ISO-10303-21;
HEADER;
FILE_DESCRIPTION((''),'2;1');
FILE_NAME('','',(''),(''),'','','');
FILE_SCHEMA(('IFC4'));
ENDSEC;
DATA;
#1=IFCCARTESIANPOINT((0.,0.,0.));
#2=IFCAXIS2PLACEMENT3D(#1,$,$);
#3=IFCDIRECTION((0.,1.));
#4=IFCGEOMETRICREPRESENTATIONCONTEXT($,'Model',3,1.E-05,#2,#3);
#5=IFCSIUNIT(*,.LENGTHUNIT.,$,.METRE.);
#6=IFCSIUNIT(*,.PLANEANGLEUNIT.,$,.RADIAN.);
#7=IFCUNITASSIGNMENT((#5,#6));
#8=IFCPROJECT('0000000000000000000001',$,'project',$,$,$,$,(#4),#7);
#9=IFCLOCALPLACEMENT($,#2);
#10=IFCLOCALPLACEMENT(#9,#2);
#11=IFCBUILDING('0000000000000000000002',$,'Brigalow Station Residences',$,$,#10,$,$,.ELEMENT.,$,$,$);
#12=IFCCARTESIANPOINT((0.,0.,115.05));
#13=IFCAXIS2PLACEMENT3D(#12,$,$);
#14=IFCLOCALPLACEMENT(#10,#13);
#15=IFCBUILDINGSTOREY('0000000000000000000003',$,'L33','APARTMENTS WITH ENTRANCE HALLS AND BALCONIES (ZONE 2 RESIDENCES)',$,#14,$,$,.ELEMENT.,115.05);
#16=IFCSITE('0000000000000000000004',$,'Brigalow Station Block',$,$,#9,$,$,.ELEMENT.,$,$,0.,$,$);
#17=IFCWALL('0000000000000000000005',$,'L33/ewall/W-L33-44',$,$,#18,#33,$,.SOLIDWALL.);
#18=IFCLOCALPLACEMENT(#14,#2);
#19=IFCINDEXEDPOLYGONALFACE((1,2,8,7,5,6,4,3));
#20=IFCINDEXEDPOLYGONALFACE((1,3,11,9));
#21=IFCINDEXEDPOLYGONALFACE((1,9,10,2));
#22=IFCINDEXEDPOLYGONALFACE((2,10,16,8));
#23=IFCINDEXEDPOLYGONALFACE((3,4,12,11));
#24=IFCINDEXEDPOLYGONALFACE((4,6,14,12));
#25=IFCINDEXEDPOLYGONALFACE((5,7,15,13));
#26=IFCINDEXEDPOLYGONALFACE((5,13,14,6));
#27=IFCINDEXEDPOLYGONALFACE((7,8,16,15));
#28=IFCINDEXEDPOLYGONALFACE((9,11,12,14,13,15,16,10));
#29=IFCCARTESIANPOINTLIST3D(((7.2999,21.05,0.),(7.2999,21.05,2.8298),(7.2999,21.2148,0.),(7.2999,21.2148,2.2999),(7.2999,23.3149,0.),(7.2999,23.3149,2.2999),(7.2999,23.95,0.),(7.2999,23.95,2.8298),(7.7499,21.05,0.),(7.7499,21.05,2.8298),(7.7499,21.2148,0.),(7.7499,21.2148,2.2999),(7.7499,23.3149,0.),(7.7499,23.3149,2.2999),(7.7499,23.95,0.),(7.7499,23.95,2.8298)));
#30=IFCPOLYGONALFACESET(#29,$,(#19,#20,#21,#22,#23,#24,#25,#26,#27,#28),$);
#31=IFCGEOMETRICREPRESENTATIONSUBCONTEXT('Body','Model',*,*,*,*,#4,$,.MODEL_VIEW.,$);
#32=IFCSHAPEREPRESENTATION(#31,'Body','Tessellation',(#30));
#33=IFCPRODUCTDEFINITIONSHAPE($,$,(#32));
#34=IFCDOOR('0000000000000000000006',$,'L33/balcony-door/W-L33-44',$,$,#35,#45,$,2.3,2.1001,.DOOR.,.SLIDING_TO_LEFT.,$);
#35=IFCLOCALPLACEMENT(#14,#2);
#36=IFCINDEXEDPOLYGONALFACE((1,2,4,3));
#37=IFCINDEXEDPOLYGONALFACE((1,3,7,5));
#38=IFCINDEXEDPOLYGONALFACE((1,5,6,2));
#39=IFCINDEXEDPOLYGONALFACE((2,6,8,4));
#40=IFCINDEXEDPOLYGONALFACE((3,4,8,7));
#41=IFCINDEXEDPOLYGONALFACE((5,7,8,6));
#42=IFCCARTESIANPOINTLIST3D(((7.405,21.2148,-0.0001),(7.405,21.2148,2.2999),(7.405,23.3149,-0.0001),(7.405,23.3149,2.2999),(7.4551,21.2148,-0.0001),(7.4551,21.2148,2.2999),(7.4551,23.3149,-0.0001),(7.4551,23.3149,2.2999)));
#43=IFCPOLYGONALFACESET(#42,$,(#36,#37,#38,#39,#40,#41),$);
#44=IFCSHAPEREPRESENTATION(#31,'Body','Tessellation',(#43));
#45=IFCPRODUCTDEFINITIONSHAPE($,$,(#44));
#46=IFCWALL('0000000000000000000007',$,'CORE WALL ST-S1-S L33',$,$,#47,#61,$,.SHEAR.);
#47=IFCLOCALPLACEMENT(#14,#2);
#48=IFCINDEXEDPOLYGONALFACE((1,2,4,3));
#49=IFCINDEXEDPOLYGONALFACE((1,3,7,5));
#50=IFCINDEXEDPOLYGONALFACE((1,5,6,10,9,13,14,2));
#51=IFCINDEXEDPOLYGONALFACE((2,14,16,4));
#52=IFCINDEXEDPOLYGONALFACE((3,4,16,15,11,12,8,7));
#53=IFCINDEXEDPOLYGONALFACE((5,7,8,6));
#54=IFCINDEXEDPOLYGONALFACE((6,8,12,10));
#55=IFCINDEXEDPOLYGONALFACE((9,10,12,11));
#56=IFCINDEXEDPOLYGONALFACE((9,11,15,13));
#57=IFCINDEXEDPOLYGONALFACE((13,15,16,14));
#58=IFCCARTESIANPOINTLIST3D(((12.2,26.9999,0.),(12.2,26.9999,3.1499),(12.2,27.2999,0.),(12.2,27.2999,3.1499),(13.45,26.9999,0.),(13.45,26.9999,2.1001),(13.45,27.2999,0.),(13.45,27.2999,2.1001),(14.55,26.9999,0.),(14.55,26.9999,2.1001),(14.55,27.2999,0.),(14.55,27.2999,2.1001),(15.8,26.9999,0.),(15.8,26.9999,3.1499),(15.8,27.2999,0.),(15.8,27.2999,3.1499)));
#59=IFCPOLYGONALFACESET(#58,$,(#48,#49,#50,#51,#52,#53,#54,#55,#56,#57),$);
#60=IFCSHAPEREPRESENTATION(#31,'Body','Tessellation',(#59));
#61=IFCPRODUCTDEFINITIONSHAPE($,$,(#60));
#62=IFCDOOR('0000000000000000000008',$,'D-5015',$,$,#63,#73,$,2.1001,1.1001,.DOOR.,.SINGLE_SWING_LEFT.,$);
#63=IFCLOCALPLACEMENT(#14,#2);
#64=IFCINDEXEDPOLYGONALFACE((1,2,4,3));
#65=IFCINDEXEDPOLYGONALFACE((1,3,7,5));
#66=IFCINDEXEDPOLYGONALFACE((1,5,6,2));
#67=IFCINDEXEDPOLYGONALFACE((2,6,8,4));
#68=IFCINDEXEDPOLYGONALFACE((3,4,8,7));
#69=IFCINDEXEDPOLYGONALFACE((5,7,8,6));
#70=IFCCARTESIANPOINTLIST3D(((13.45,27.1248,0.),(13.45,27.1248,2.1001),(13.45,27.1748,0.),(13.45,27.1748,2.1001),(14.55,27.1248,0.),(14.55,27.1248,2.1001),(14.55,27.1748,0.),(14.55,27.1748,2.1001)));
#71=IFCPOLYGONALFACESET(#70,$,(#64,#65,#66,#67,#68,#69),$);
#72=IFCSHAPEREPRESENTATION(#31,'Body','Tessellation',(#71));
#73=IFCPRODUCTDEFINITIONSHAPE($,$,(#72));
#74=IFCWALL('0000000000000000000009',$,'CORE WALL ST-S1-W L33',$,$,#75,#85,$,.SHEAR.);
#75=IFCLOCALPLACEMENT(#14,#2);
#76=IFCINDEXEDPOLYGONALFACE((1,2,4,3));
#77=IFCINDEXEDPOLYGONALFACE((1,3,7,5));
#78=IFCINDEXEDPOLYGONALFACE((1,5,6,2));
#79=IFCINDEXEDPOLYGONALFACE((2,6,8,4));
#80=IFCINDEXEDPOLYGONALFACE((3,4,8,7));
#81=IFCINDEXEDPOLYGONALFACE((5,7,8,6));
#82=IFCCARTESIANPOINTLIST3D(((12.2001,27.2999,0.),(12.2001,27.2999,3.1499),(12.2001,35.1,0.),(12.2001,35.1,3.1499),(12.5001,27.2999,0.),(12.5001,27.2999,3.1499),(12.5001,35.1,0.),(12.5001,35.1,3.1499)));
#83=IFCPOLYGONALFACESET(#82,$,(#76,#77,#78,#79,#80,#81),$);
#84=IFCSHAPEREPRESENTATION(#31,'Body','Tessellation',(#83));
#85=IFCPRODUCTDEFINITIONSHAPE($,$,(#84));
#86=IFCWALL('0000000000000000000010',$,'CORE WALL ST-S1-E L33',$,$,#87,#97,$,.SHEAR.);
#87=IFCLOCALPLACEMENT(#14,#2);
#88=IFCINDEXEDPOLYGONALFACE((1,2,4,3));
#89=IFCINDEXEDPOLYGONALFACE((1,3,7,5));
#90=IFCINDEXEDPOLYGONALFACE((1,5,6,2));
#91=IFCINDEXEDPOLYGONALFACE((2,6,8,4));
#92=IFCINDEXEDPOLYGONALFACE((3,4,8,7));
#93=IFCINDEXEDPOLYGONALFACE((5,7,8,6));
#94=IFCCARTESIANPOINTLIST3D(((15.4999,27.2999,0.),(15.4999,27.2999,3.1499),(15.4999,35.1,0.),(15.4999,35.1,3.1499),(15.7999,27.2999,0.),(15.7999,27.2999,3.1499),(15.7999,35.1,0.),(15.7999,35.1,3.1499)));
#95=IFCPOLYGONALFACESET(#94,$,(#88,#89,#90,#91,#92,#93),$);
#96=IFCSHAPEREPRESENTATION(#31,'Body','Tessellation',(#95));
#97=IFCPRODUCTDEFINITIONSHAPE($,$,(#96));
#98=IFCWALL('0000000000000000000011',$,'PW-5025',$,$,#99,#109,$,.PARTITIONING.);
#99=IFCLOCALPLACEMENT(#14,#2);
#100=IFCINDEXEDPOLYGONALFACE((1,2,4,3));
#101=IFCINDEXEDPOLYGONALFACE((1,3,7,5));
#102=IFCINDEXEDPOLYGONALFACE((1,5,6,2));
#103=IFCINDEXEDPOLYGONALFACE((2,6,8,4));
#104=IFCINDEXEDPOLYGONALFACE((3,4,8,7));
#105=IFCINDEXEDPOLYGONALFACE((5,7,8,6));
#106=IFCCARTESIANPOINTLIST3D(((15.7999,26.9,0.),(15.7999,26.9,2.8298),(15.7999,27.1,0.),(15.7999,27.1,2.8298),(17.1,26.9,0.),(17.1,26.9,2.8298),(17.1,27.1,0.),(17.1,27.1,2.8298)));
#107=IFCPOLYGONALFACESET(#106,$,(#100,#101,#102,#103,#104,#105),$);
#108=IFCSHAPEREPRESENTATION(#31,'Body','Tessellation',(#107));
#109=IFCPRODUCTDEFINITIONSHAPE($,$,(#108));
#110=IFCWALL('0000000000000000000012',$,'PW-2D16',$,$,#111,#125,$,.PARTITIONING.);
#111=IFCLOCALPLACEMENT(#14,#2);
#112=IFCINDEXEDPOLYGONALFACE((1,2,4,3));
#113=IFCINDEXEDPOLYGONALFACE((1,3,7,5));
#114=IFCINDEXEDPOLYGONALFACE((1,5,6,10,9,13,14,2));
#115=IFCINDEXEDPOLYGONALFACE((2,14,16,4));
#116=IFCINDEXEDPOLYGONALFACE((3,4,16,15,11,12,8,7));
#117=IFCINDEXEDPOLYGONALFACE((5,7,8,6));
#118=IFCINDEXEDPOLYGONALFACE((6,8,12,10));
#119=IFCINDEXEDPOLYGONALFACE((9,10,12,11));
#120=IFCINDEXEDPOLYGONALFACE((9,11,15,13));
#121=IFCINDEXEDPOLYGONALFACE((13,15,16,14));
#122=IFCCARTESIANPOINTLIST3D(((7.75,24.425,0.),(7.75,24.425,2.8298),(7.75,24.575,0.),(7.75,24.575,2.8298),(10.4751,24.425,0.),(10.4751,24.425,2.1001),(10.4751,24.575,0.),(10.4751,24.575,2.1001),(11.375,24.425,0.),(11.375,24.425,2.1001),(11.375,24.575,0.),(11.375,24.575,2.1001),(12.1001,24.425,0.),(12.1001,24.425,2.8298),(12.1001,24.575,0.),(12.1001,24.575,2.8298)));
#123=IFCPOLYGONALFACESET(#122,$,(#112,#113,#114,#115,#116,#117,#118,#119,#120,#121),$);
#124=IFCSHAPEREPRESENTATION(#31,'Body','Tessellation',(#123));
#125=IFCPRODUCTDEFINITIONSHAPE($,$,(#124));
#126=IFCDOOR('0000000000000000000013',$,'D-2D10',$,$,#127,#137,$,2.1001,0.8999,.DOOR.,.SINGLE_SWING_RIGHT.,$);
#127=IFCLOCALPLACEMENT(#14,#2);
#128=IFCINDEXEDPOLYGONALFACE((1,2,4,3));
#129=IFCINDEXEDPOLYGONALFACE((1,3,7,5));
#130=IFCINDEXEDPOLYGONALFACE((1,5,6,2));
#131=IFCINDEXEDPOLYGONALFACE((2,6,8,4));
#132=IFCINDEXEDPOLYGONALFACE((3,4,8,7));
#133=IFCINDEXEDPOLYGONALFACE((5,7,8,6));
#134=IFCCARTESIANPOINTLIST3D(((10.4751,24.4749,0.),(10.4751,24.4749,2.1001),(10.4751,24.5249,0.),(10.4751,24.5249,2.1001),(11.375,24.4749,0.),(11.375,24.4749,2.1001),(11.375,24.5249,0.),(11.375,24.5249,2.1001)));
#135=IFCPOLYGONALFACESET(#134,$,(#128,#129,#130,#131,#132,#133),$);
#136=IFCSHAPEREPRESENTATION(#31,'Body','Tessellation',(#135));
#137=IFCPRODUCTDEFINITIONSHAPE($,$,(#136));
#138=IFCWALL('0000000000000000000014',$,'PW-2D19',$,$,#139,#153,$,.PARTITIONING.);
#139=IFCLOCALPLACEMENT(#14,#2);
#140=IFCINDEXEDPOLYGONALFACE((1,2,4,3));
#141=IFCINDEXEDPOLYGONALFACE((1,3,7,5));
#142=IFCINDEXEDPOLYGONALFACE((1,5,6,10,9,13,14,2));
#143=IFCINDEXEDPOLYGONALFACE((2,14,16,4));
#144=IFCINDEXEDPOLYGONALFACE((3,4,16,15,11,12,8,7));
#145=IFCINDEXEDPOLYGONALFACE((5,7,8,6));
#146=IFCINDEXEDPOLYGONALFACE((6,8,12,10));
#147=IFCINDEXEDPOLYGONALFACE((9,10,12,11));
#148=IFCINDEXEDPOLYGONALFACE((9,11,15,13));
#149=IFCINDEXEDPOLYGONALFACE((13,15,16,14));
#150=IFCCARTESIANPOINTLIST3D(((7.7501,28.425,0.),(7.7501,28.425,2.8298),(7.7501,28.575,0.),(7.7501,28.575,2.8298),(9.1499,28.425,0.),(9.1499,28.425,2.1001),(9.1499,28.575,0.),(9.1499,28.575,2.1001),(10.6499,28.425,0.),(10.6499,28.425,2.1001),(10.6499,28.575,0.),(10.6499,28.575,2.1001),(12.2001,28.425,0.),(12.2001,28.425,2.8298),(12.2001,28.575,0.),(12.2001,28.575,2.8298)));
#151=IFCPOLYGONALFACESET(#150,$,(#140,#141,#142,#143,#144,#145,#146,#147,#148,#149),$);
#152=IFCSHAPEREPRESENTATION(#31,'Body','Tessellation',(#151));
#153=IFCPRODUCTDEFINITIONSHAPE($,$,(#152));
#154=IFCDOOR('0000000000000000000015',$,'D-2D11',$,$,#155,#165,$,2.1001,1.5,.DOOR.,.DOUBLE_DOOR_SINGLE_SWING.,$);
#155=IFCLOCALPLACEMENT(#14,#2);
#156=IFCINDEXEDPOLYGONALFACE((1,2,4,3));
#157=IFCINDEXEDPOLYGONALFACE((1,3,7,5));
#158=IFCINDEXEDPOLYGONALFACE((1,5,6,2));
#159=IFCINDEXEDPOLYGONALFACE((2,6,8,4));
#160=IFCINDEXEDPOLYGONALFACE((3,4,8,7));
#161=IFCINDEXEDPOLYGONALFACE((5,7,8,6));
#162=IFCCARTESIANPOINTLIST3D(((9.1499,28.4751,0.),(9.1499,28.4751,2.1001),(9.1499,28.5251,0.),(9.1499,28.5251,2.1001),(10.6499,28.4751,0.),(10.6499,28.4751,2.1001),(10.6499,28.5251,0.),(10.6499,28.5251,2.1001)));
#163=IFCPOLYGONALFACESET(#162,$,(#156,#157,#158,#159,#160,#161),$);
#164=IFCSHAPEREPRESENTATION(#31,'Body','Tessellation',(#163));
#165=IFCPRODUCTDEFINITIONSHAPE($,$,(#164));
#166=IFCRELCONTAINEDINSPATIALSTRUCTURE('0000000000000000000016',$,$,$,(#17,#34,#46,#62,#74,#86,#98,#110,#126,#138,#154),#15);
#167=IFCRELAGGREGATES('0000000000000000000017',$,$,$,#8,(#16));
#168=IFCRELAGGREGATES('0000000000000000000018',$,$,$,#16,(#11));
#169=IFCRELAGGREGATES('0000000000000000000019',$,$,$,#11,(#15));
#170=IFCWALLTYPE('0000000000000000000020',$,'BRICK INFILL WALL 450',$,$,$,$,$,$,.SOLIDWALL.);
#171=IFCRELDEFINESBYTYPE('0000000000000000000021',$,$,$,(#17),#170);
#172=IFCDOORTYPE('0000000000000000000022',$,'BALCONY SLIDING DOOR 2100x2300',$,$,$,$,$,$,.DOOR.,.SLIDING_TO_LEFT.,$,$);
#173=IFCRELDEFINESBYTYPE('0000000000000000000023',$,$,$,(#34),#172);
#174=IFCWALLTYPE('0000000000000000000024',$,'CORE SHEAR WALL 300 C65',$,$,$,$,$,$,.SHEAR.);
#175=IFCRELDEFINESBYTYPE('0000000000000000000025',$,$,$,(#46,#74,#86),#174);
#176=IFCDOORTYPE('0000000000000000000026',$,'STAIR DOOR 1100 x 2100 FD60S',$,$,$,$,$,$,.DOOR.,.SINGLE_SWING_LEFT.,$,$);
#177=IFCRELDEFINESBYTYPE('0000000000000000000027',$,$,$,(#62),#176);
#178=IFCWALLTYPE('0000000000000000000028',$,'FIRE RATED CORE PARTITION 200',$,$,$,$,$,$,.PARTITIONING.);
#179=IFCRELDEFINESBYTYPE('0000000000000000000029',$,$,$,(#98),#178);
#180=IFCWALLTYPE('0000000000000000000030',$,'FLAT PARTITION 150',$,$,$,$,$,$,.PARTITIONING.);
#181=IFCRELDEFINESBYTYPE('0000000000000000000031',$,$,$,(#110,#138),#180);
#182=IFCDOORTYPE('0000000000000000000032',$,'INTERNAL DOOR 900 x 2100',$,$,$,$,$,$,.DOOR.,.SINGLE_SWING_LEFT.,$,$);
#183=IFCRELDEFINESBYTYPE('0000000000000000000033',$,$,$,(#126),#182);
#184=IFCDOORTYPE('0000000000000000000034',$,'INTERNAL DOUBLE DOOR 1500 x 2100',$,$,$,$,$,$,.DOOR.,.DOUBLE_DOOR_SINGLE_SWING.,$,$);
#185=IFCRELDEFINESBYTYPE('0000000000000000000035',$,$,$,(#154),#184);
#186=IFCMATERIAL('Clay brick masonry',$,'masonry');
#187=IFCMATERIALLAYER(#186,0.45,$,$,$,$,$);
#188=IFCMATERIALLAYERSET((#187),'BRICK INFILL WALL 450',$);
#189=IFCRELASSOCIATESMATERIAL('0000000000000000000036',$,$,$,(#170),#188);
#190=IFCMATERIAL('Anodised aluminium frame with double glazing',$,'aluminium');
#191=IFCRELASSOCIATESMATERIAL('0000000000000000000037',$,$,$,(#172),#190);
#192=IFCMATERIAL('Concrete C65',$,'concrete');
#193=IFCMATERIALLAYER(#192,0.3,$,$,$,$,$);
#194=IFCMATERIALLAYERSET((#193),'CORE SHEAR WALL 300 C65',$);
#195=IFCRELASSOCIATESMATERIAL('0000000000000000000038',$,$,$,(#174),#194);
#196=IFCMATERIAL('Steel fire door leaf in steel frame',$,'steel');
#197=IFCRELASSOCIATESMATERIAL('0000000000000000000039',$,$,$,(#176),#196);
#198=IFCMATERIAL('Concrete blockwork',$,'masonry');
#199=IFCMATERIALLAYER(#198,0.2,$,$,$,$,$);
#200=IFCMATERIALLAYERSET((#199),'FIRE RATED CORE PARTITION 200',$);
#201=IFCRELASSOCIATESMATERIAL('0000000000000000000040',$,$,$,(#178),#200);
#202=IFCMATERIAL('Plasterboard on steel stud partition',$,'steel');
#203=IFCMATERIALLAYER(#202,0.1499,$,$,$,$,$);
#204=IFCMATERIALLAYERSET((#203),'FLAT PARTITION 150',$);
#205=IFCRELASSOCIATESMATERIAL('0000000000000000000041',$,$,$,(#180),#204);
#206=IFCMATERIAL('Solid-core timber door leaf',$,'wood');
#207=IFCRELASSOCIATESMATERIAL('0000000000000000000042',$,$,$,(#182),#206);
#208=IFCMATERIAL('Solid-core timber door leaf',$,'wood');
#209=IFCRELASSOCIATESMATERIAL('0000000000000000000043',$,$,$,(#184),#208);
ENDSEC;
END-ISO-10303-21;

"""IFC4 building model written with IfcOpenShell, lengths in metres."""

from ifc_helpers import new_model, si_unit, direction, frame, frame_2d, origin, place, context, subcontext, project, spatial, rectangle, extrude, material, layer, layer_set, type_object, element, fill, save


model = new_model("IFC4")

# Units and contexts
model_context = context("Model", 3, precision=1e-05, world=origin(), true_north=direction((0.0, 1.0)))
body_context = subcontext(model_context, "Body", "Model", "MODEL_VIEW")
ifc_project = project(units=[si_unit("LENGTHUNIT", "METRE"), si_unit("PLANEANGLEUNIT", "RADIAN")], contexts=[model_context])

# Site, building, storey
site_placement = place(None, origin())
site = spatial("IfcSite", under=ifc_project, at=site_placement, Name="Brigalow Station Block", CompositionType="ELEMENT", RefElevation=0.0)
building_placement = place(site_placement, origin())
building = spatial("IfcBuilding", under=site, at=building_placement, Name="Brigalow Station Residences", CompositionType="ELEMENT")
storey_placement = place(building_placement, frame((0.0, 0.0, 115.05)))
storey = spatial("IfcBuildingStorey", under=building, at=storey_placement, Name="L33", Description="APARTMENTS WITH ENTRANCE HALLS AND BALCONIES (ZONE 2 RESIDENCES)", CompositionType="ELEMENT", Elevation=115.05)

# Shared definitions
ifc_material_1 = material(Name="Clay brick masonry", Category="masonry")
ifc_layer_1 = layer(ifc_material_1, 0.45)
ifc_layer_set_1 = layer_set([ifc_layer_1], Name="BRICK INFILL WALL 450")
wall_type_1 = type_object("IfcWallType", Name="BRICK INFILL WALL 450", PredefinedType="SOLIDWALL", material=ifc_layer_set_1)

# Walls, openings, doors
wall_1_placement = place(storey_placement, frame((7.5249, 23.95, 0.0), z_axis=(0.0, 0.0, 1.0), x_axis=(0.0, -1.0, 0.0)))
wall_1 = element("IfcWall", 1, at=wall_1_placement, inside=storey, type_object=wall_type_1, Name="L33/ewall/W-L33-44", PredefinedType="SOLIDWALL", context=body_context, shape_type="SweptSolid", body=[
    extrude(rectangle(XDim=2.8999, YDim=0.45, at=frame_2d((1.45, 0.0))), origin(), (0.0, 0.0, 1.0), 2.8298),
])
opening_1_placement = place(wall_1_placement, frame((0.635, 0.0, 0.0)))
opening_1 = element("IfcOpeningElement", 2, at=opening_1_placement, cuts=wall_1, PredefinedType="OPENING", context=body_context, shape_type="SweptSolid", body=[
    extrude(rectangle(XDim=2.1001, YDim=2.3, at=frame_2d((1.05, 1.1499))), frame((0.0, 0.2349, 0.0), z_axis=(0.0, -1.0, 0.0), x_axis=(1.0, 0.0, 0.0)), (0.0, 0.0, 1.0), 0.47),
])
ifc_material_2 = material(Name="Anodised aluminium frame with double glazing", Category="aluminium")
door_type_1 = type_object("IfcDoorType", Name="BALCONY SLIDING DOOR 2100x2300", OperationType="SLIDING_TO_LEFT", PredefinedType="DOOR", material=ifc_material_2)
door_1_placement = place(opening_1_placement, origin())
door_1 = element("IfcDoor", 3, at=door_1_placement, inside=storey, type_object=door_type_1, Name="L33/balcony-door/W-L33-44", OperationType="SLIDING_TO_LEFT", OverallHeight=2.3, OverallWidth=2.1001, PredefinedType="DOOR", context=body_context, shape_type="SweptSolid", body=[
    extrude(rectangle(XDim=2.1001, YDim=2.3, at=frame_2d((1.05, 1.1499))), frame((0.0, -0.0698, 0.0), z_axis=(0.0, -1.0, 0.0), x_axis=(1.0, 0.0, 0.0)), (0.0, 0.0, 1.0), 0.05),
])
fill(opening_1, door_1)
ifc_material_3 = material(Name="Concrete C65", Category="concrete")
ifc_layer_2 = layer(ifc_material_3, 0.3)
ifc_layer_set_2 = layer_set([ifc_layer_2], Name="CORE SHEAR WALL 300 C65")
wall_type_2 = type_object("IfcWallType", Name="CORE SHEAR WALL 300 C65", PredefinedType="SHEAR", material=ifc_layer_set_2)
wall_2_placement = place(storey_placement, frame((12.2, 27.1499, 0.0), z_axis=(0.0, 0.0, 1.0), x_axis=(1.0, 0.0, 0.0)))
wall_2 = element("IfcWall", 4, at=wall_2_placement, inside=storey, type_object=wall_type_2, Name="CORE WALL ST-S1-S L33", PredefinedType="SHEAR", context=body_context, shape_type="SweptSolid", body=[
    extrude(rectangle(XDim=3.6001, YDim=0.3, at=frame_2d((1.8, 0.0))), origin(), (0.0, 0.0, 1.0), 3.1499),
])
opening_2_placement = place(wall_2_placement, frame((1.25, 0.0, 0.0)))
opening_2 = element("IfcOpeningElement", 5, at=opening_2_placement, cuts=wall_2, PredefinedType="OPENING", context=body_context, shape_type="SweptSolid", body=[
    extrude(rectangle(XDim=1.1001, YDim=2.1001, at=frame_2d((0.55, 1.05))), frame((0.0, 0.1602, 0.0), z_axis=(0.0, -1.0, 0.0), x_axis=(1.0, 0.0, 0.0)), (0.0, 0.0, 1.0), 0.3201),
])
ifc_material_4 = material(Name="Steel fire door leaf in steel frame", Category="steel")
door_type_2 = type_object("IfcDoorType", Name="STAIR DOOR 1100 x 2100 FD60S", OperationType="SINGLE_SWING_LEFT", PredefinedType="DOOR", material=ifc_material_4)
door_2_placement = place(opening_2_placement, origin())
door_2 = element("IfcDoor", 6, at=door_2_placement, inside=storey, type_object=door_type_2, Name="D-5015", OperationType="SINGLE_SWING_LEFT", OverallHeight=2.1001, OverallWidth=1.1001, PredefinedType="DOOR", context=body_context, shape_type="SweptSolid", body=[
    extrude(rectangle(XDim=1.1001, YDim=2.1001, at=frame_2d((0.55, 1.05))), frame((0.0, 0.0249, 0.0), z_axis=(0.0, -1.0, 0.0), x_axis=(1.0, 0.0, 0.0)), (0.0, 0.0, 1.0), 0.05),
])
fill(opening_2, door_2)

# Walls
for number, where, z_axis, x_axis, name in (
    (7, (12.3501, 27.3, 0.0), (0.0, 0.0, 1.0), (0.0, 1.0, 0.0), "CORE WALL ST-S1-W L33"),
    (8, (15.6499, 27.3, 0.0), (0.0, 0.0, 1.0), (0.0, 1.0, 0.0), "CORE WALL ST-S1-E L33"),
):
    element("IfcWall", number, at=place(storey_placement, frame(where, z_axis=z_axis, x_axis=x_axis)), inside=storey, type_object=wall_type_2, Name=name, PredefinedType="SHEAR", context=body_context, shape_type="SweptSolid", body=[
        extrude(rectangle(XDim=7.8, YDim=0.3, at=frame_2d((3.8999, 0.0))), origin(), (0.0, 0.0, 1.0), 3.1499),
    ])
ifc_material_5 = material(Name="Concrete blockwork", Category="masonry")
ifc_layer_3 = layer(ifc_material_5, 0.2)
ifc_layer_set_3 = layer_set([ifc_layer_3], Name="FIRE RATED CORE PARTITION 200")
wall_type_3 = type_object("IfcWallType", Name="FIRE RATED CORE PARTITION 200", PredefinedType="PARTITIONING", material=ifc_layer_set_3)
wall_3_placement = place(storey_placement, frame((15.8, 27.0, 0.0), z_axis=(0.0, 0.0, 1.0), x_axis=(1.0, 0.0, 0.0)))
element("IfcWall", 9, at=wall_3_placement, inside=storey, type_object=wall_type_3, Name="PW-5025", PredefinedType="PARTITIONING", context=body_context, shape_type="SweptSolid", body=[
    extrude(rectangle(XDim=1.3, YDim=0.2, at=frame_2d((0.6499, 0.0))), origin(), (0.0, 0.0, 1.0), 2.8298),
])

# Walls, openings, doors
ifc_material_6 = material(Name="Plasterboard on steel stud partition", Category="steel")
ifc_layer_4 = layer(ifc_material_6, 0.1499)
ifc_layer_set_4 = layer_set([ifc_layer_4], Name="FLAT PARTITION 150")
wall_type_4 = type_object("IfcWallType", Name="FLAT PARTITION 150", PredefinedType="PARTITIONING", material=ifc_layer_set_4)
wall_4_placement = place(storey_placement, frame((7.75, 24.5, 0.0), z_axis=(0.0, 0.0, 1.0), x_axis=(1.0, 0.0, 0.0)))
wall_4 = element("IfcWall", 10, at=wall_4_placement, inside=storey, type_object=wall_type_4, Name="PW-2D16", PredefinedType="PARTITIONING", context=body_context, shape_type="SweptSolid", body=[
    extrude(rectangle(XDim=4.3501, YDim=0.1499, at=frame_2d((2.175, 0.0))), origin(), (0.0, 0.0, 1.0), 2.8298),
])
opening_3_placement = place(wall_4_placement, frame((2.7251, 0.0, 0.0)))
opening_3 = element("IfcOpeningElement", 11, at=opening_3_placement, cuts=wall_4, PredefinedType="OPENING", context=body_context, shape_type="SweptSolid", body=[
    extrude(rectangle(XDim=0.8999, YDim=2.1001, at=frame_2d((0.45, 1.05))), frame((0.0, 0.085, 0.0), z_axis=(0.0, -1.0, 0.0), x_axis=(1.0, 0.0, 0.0)), (0.0, 0.0, 1.0), 0.1699),
])
ifc_material_7 = material(Name="Solid-core timber door leaf", Category="wood")
door_type_3 = type_object("IfcDoorType", Name="INTERNAL DOOR 900 x 2100", OperationType="SINGLE_SWING_LEFT", PredefinedType="DOOR", material=ifc_material_7)
door_3_placement = place(opening_3_placement, origin())
door_3 = element("IfcDoor", 12, at=door_3_placement, inside=storey, type_object=door_type_3, Name="D-2D10", OperationType="SINGLE_SWING_RIGHT", OverallHeight=2.1001, OverallWidth=0.8999, PredefinedType="DOOR", context=body_context, shape_type="SweptSolid", body=[
    extrude(rectangle(XDim=0.8999, YDim=2.1001, at=frame_2d((0.45, 1.05))), frame((0.0, 0.0249, 0.0), z_axis=(0.0, -1.0, 0.0), x_axis=(1.0, 0.0, 0.0)), (0.0, 0.0, 1.0), 0.05),
])
fill(opening_3, door_3)
wall_5_placement = place(storey_placement, frame((7.75, 28.5, 0.0), z_axis=(0.0, 0.0, 1.0), x_axis=(1.0, 0.0, 0.0)))
wall_5 = element("IfcWall", 13, at=wall_5_placement, inside=storey, type_object=wall_type_4, Name="PW-2D19", PredefinedType="PARTITIONING", context=body_context, shape_type="SweptSolid", body=[
    extrude(rectangle(XDim=4.45, YDim=0.1499, at=frame_2d((2.2251, 0.0))), origin(), (0.0, 0.0, 1.0), 2.8298),
])
opening_4_placement = place(wall_5_placement, frame((1.3999, 0.0, 0.0)))
opening_4 = element("IfcOpeningElement", 14, at=opening_4_placement, cuts=wall_5, PredefinedType="OPENING", context=body_context, shape_type="SweptSolid", body=[
    extrude(rectangle(XDim=1.5, YDim=2.1001, at=frame_2d((0.75, 1.05))), frame((0.0, 0.085, 0.0), z_axis=(0.0, -1.0, 0.0), x_axis=(1.0, 0.0, 0.0)), (0.0, 0.0, 1.0), 0.1699),
])
ifc_material_8 = material(Name="Solid-core timber door leaf", Category="wood")
door_type_4 = type_object("IfcDoorType", Name="INTERNAL DOUBLE DOOR 1500 x 2100", OperationType="DOUBLE_DOOR_SINGLE_SWING", PredefinedType="DOOR", material=ifc_material_8)
door_4_placement = place(opening_4_placement, frame((1.5, 0.0, 0.0), z_axis=(0.0, 0.0, 1.0), x_axis=(-1.0, 0.0, 0.0)))
door_4 = element("IfcDoor", 15, at=door_4_placement, inside=storey, type_object=door_type_4, Name="D-2D11", OperationType="DOUBLE_DOOR_SINGLE_SWING", OverallHeight=2.1001, OverallWidth=1.5, PredefinedType="DOOR", context=body_context, shape_type="SweptSolid", body=[
    extrude(rectangle(XDim=1.5, YDim=2.1001, at=frame_2d((0.75, 1.05))), frame((0.0, 0.0249, 0.0), z_axis=(0.0, -1.0, 0.0), x_axis=(1.0, 0.0, 0.0)), (0.0, 0.0, 1.0), 0.05),
])
fill(opening_4, door_4)

save(model, "model.ifc")
